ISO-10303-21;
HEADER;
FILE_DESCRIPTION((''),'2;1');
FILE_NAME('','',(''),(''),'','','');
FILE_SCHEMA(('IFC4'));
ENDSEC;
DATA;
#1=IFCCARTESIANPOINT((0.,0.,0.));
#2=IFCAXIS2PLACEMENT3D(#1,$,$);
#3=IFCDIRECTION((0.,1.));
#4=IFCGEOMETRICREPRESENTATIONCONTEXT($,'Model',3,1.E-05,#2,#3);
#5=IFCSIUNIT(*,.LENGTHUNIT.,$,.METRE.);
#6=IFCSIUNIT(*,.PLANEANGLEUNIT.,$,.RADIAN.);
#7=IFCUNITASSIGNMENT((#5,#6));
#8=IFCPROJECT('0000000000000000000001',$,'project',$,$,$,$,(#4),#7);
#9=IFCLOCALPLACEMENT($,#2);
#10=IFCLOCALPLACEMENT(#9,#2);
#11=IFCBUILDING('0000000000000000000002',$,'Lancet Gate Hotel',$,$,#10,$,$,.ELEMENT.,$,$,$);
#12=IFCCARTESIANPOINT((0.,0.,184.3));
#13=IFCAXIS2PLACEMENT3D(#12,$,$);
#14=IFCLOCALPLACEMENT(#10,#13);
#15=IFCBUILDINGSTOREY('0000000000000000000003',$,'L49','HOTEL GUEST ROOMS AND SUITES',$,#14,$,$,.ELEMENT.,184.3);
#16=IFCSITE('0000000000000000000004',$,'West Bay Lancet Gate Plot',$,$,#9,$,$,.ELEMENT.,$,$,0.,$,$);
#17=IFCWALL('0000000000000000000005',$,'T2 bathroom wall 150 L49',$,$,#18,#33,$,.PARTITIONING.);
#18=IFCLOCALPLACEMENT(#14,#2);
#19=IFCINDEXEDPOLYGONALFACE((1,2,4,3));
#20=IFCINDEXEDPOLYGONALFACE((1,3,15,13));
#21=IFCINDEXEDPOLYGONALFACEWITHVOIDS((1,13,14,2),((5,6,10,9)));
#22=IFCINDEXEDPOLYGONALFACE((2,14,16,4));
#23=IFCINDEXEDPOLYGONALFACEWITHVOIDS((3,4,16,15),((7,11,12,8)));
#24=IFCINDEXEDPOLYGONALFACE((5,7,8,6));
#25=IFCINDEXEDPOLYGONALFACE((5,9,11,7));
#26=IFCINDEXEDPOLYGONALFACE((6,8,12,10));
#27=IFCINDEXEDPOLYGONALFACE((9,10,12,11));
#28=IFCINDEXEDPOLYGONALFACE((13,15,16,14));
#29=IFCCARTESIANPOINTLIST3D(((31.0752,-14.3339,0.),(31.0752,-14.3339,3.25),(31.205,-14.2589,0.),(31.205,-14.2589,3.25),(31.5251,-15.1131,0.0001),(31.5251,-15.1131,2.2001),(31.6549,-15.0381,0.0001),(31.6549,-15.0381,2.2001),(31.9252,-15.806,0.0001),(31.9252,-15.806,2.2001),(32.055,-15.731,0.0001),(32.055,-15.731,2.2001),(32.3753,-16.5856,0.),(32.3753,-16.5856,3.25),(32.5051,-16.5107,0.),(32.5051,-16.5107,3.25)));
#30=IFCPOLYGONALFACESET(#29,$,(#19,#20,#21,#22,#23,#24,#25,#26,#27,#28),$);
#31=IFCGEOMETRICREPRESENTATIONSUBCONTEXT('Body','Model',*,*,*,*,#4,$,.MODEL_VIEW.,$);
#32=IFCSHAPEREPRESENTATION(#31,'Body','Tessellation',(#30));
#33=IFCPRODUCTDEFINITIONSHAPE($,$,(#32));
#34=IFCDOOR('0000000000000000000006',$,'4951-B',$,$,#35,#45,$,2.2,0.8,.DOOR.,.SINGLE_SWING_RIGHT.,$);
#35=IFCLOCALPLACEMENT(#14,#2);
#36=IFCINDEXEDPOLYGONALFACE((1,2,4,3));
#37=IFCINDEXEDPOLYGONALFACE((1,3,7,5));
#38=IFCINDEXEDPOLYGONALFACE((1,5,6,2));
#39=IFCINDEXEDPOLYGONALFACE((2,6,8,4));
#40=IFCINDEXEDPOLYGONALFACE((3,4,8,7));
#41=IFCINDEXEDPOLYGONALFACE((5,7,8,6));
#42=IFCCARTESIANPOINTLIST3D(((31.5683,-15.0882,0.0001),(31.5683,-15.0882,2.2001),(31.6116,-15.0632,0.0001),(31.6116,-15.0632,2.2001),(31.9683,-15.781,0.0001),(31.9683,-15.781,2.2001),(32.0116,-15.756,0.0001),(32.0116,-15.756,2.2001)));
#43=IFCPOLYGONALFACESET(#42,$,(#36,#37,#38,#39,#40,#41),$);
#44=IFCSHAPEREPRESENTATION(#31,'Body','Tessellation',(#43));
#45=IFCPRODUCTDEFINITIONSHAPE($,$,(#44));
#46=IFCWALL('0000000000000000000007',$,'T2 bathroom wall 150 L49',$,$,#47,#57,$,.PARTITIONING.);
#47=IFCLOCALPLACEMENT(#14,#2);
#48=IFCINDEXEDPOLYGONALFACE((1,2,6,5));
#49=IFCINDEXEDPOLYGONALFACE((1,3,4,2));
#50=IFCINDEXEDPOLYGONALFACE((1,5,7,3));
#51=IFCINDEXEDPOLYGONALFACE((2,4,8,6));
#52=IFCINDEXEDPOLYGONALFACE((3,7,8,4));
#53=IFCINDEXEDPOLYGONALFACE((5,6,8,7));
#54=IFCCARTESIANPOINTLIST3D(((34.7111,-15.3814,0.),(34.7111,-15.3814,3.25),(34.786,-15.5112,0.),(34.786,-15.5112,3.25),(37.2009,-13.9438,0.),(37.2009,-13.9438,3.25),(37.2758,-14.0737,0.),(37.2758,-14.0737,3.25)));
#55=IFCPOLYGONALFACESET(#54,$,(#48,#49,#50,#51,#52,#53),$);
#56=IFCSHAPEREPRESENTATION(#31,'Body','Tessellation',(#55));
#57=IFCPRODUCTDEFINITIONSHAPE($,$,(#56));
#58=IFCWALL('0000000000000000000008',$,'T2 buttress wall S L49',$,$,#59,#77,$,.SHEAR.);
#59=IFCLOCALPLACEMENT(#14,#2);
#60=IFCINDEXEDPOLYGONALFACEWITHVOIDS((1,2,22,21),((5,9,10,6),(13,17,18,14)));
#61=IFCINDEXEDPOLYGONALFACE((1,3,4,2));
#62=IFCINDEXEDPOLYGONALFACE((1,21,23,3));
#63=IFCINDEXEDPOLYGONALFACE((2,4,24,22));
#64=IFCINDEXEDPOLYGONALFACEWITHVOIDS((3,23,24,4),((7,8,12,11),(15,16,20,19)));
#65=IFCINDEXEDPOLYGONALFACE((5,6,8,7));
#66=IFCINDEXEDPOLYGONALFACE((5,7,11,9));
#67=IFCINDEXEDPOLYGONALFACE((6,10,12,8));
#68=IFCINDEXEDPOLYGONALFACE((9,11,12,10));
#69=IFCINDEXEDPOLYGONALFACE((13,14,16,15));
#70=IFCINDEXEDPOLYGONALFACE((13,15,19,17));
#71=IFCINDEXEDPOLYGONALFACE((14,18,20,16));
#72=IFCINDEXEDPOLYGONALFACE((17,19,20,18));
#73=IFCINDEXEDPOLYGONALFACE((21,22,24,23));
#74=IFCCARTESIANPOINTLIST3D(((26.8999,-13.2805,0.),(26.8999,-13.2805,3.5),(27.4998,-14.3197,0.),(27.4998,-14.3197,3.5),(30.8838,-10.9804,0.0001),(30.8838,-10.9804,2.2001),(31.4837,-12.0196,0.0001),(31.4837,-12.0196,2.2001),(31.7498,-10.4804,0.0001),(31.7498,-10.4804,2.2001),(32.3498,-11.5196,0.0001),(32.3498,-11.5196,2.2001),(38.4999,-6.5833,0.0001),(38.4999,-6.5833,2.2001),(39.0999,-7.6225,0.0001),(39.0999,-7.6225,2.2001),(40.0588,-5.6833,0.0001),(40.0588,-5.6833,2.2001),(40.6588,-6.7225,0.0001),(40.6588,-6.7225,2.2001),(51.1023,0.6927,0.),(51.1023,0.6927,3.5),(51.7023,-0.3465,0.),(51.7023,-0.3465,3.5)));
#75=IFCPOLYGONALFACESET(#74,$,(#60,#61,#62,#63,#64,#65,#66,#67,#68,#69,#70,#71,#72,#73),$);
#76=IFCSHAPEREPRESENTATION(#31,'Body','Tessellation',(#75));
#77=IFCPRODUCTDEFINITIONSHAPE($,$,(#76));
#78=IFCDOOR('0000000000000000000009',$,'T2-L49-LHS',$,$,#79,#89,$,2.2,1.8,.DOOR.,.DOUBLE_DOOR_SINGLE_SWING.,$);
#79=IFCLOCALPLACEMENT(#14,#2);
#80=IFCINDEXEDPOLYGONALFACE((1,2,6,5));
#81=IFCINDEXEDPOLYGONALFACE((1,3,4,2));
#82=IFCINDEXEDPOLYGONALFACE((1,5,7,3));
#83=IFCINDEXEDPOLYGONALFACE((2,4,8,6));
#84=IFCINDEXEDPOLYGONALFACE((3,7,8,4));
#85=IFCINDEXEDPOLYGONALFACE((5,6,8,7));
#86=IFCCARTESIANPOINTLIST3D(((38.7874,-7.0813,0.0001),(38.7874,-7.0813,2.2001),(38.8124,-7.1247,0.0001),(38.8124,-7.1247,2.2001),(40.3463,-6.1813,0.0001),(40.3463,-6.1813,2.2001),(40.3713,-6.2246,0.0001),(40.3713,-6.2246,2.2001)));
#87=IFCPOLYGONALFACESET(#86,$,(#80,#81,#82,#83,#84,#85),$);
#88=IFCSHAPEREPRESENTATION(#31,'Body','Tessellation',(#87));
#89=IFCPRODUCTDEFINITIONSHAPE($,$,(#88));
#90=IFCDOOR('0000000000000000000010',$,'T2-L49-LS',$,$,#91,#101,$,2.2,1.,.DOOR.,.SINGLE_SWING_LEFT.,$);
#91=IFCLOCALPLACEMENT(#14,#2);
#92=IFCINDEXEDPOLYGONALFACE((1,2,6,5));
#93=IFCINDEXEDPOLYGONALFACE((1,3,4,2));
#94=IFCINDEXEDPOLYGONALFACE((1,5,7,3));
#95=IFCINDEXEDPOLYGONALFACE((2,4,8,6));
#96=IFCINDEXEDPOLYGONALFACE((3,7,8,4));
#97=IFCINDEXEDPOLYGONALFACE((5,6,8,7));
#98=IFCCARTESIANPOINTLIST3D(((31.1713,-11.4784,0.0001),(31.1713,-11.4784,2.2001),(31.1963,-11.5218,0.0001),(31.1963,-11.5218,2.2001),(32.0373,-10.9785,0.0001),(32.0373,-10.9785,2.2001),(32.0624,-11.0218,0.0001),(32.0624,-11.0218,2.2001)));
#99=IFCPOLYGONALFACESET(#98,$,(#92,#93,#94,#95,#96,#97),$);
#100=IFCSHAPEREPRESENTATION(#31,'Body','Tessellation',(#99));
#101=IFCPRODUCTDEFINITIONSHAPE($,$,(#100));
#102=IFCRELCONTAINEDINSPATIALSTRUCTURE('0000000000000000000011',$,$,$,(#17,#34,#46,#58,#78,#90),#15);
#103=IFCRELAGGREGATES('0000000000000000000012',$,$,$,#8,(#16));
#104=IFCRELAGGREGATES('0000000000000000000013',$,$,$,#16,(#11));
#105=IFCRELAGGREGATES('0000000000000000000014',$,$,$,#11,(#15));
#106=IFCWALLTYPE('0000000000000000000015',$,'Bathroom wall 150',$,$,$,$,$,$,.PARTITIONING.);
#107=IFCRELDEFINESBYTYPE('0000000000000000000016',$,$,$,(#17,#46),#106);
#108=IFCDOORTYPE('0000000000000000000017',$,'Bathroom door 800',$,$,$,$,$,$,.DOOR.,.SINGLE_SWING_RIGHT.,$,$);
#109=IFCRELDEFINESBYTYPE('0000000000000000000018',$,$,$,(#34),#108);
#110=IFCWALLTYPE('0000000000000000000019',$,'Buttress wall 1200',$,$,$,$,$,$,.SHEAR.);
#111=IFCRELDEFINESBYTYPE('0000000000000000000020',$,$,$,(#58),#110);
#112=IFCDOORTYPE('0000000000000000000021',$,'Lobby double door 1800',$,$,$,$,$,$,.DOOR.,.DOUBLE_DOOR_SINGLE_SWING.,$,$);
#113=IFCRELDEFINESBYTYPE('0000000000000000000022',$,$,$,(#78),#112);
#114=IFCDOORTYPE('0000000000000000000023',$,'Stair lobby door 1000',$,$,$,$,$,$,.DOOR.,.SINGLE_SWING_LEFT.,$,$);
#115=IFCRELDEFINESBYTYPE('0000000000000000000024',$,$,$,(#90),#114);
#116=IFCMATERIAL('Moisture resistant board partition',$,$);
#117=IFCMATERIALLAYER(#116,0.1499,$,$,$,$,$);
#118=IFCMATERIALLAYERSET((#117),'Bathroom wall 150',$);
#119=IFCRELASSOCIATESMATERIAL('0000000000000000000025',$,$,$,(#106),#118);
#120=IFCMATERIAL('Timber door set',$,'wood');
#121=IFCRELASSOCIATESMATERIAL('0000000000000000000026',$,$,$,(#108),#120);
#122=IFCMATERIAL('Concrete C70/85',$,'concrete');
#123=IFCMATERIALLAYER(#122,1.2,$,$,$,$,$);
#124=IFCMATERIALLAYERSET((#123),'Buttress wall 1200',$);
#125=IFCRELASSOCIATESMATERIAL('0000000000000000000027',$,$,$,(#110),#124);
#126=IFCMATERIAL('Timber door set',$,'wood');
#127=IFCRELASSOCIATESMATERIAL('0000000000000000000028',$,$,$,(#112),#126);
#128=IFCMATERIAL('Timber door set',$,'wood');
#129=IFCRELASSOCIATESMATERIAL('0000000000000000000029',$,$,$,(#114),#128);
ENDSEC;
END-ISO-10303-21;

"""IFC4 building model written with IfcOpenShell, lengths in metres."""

from ifc_helpers import new_model, si_unit, direction, frame, frame_2d, origin, place, context, subcontext, project, spatial, rectangle, extrude, material, layer, layer_set, type_object, element, fill, save


model = new_model("IFC4")

# Units and contexts
model_context = context("Model", 3, precision=1e-05, world=origin(), true_north=direction((0.0, 1.0)))
body_context = subcontext(model_context, "Body", "Model", "MODEL_VIEW")
ifc_project = project(units=[si_unit("LENGTHUNIT", "METRE"), si_unit("PLANEANGLEUNIT", "RADIAN")], contexts=[model_context])

# Site, building, storey
site_placement = place(None, origin())
site = spatial("IfcSite", under=ifc_project, at=site_placement, Name="West Bay Lancet Gate Plot", CompositionType="ELEMENT", RefElevation=0.0)
building_placement = place(site_placement, origin())
building = spatial("IfcBuilding", under=site, at=building_placement, Name="Lancet Gate Hotel", CompositionType="ELEMENT")
storey_placement = place(building_placement, frame((0.0, 0.0, 184.3)))
storey = spatial("IfcBuildingStorey", under=building, at=storey_placement, Name="L49", Description="HOTEL GUEST ROOMS AND SUITES", CompositionType="ELEMENT", Elevation=184.3)

# Shared definitions
ifc_material_1 = material(Name="Moisture resistant board partition")
ifc_layer_1 = layer(ifc_material_1, 0.1499)
ifc_layer_set_1 = layer_set([ifc_layer_1], Name="Bathroom wall 150")
wall_type_1 = type_object("IfcWallType", Name="Bathroom wall 150", PredefinedType="PARTITIONING", material=ifc_layer_set_1)

# Wall, opening, door
wall_1_placement = place(storey_placement, frame((31.1401, -14.2964, 0.0), z_axis=(0.0, 0.0, 1.0), x_axis=(0.500007, -0.866021, 0.0)))
wall_1 = element("IfcWall", 1, at=wall_1_placement, inside=storey, type_object=wall_type_1, Name="T2 bathroom wall 150 L49", PredefinedType="PARTITIONING", context=body_context, shape_type="SweptSolid", body=[
    extrude(rectangle(XDim=2.6001, YDim=0.1499, at=frame_2d((1.3, 0.0))), origin(), (0.0, 0.0, 1.0), 3.25),
])
opening_1_placement = place(wall_1_placement, frame((0.8999, 0.0, 0.0)))
opening_1 = element("IfcOpeningElement", 2, at=opening_1_placement, cuts=wall_1, PredefinedType="OPENING", context=body_context, shape_type="SweptSolid", body=[
    extrude(rectangle(XDim=0.8, YDim=2.2, at=frame_2d((0.3999, 1.1001))), frame((0.0, 0.085, 0.0), z_axis=(0.0, -1.0, 0.0), x_axis=(1.0, 0.0, 0.0)), (0.0, 0.0, 1.0), 0.1699),
])
ifc_material_2 = material(Name="Timber door set", Category="wood")
door_type_1 = type_object("IfcDoorType", Name="Bathroom door 800", OperationType="SINGLE_SWING_RIGHT", PredefinedType="DOOR", material=ifc_material_2)
door_1_placement = place(opening_1_placement, origin())
door_1 = element("IfcDoor", 3, at=door_1_placement, inside=storey, type_object=door_type_1, Name="4951-B", OperationType="SINGLE_SWING_RIGHT", OverallHeight=2.2, OverallWidth=0.8, PredefinedType="DOOR", context=body_context, shape_type="SweptSolid", body=[
    extrude(rectangle(XDim=0.8, YDim=2.2, at=frame_2d((0.3999, 1.1001))), frame((0.0, 0.0249, 0.0), z_axis=(0.0, -1.0, 0.0), x_axis=(1.0, 0.0, 0.0)), (0.0, 0.0, 1.0), 0.05),
])
fill(opening_1, door_1)

# Wall
wall_2_placement = place(storey_placement, frame((34.7485, -15.4463, 0.0), z_axis=(0.0, 0.0, 1.0), x_axis=(0.866019, 0.500012, 0.0)))
element("IfcWall", 4, at=wall_2_placement, inside=storey, type_object=wall_type_1, Name="T2 bathroom wall 150 L49", PredefinedType="PARTITIONING", context=body_context, shape_type="SweptSolid", body=[
    extrude(rectangle(XDim=2.875, YDim=0.1499, at=frame_2d((1.4375, 0.0))), origin(), (0.0, 0.0, 1.0), 3.25),
])

# Wall, openings, doors
ifc_material_3 = material(Name="Concrete C70/85", Category="concrete")
ifc_layer_2 = layer(ifc_material_3, 1.2)
ifc_layer_set_2 = layer_set([ifc_layer_2], Name="Buttress wall 1200")
wall_type_2 = type_object("IfcWallType", Name="Buttress wall 1200", PredefinedType="SHEAR", material=ifc_layer_set_2)
wall_3_placement = place(storey_placement, frame((27.2, -13.8, 0.0), z_axis=(0.0, 0.0, 1.0), x_axis=(0.866027, 0.499997, 0.0)))
wall_3 = element("IfcWall", 5, at=wall_3_placement, inside=storey, type_object=wall_type_2, Name="T2 buttress wall S L49", PredefinedType="SHEAR", context=body_context, shape_type="SweptSolid", body=[
    extrude(rectangle(XDim=27.9465, YDim=1.2, at=frame_2d((13.9731, 0.0))), origin(), (0.0, 0.0, 1.0), 3.5),
])
opening_2_placement = place(wall_3_placement, frame((4.6001, 0.0, 0.0)))
opening_2 = element("IfcOpeningElement", 6, at=opening_2_placement, cuts=wall_3, PredefinedType="OPENING", context=body_context, shape_type="SweptSolid", body=[
    extrude(rectangle(XDim=1.0, YDim=2.2, at=frame_2d((0.5, 1.1001))), frame((0.0, 0.6099, 0.0), z_axis=(0.0, -1.0, 0.0), x_axis=(1.0, 0.0, 0.0)), (0.0, 0.0, 1.0), 1.22),
])
opening_3_placement = place(wall_3_placement, frame((13.3945, 0.0, 0.0)))
opening_3 = element("IfcOpeningElement", 7, at=opening_3_placement, cuts=wall_3, PredefinedType="OPENING", context=body_context, shape_type="SweptSolid", body=[
    extrude(rectangle(XDim=1.8, YDim=2.2, at=frame_2d((0.8999, 1.1001))), frame((0.0, 0.6099, 0.0), z_axis=(0.0, -1.0, 0.0), x_axis=(1.0, 0.0, 0.0)), (0.0, 0.0, 1.0), 1.22),
])
ifc_material_4 = material(Name="Timber door set", Category="wood")
door_type_2 = type_object("IfcDoorType", Name="Lobby double door 1800", OperationType="DOUBLE_DOOR_SINGLE_SWING", PredefinedType="DOOR", material=ifc_material_4)
door_2_placement = place(opening_3_placement, origin())
door_2 = element("IfcDoor", 8, at=door_2_placement, inside=storey, type_object=door_type_2, Name="T2-L49-LHS", OperationType="DOUBLE_DOOR_SINGLE_SWING", OverallHeight=2.2, OverallWidth=1.8, PredefinedType="DOOR", context=body_context, shape_type="SweptSolid", body=[
    extrude(rectangle(XDim=1.8, YDim=2.2, at=frame_2d((0.8999, 1.1001))), frame((0.0, 0.0249, 0.0), z_axis=(0.0, -1.0, 0.0), x_axis=(1.0, 0.0, 0.0)), (0.0, 0.0, 1.0), 0.05),
])
fill(opening_3, door_2)
ifc_material_5 = material(Name="Timber door set", Category="wood")
door_type_3 = type_object("IfcDoorType", Name="Stair lobby door 1000", OperationType="SINGLE_SWING_LEFT", PredefinedType="DOOR", material=ifc_material_5)
door_3_placement = place(opening_2_placement, origin())
door_3 = element("IfcDoor", 9, at=door_3_placement, inside=storey, type_object=door_type_3, Name="T2-L49-LS", OperationType="SINGLE_SWING_LEFT", OverallHeight=2.2, OverallWidth=1.0, PredefinedType="DOOR", context=body_context, shape_type="SweptSolid", body=[
    extrude(rectangle(XDim=1.0, YDim=2.2, at=frame_2d((0.5, 1.1001))), frame((0.0, 0.0249, 0.0), z_axis=(0.0, -1.0, 0.0), x_axis=(1.0, 0.0, 0.0)), (0.0, 0.0, 1.0), 0.05),
])
fill(opening_2, door_3)

save(model, "model.ifc")
